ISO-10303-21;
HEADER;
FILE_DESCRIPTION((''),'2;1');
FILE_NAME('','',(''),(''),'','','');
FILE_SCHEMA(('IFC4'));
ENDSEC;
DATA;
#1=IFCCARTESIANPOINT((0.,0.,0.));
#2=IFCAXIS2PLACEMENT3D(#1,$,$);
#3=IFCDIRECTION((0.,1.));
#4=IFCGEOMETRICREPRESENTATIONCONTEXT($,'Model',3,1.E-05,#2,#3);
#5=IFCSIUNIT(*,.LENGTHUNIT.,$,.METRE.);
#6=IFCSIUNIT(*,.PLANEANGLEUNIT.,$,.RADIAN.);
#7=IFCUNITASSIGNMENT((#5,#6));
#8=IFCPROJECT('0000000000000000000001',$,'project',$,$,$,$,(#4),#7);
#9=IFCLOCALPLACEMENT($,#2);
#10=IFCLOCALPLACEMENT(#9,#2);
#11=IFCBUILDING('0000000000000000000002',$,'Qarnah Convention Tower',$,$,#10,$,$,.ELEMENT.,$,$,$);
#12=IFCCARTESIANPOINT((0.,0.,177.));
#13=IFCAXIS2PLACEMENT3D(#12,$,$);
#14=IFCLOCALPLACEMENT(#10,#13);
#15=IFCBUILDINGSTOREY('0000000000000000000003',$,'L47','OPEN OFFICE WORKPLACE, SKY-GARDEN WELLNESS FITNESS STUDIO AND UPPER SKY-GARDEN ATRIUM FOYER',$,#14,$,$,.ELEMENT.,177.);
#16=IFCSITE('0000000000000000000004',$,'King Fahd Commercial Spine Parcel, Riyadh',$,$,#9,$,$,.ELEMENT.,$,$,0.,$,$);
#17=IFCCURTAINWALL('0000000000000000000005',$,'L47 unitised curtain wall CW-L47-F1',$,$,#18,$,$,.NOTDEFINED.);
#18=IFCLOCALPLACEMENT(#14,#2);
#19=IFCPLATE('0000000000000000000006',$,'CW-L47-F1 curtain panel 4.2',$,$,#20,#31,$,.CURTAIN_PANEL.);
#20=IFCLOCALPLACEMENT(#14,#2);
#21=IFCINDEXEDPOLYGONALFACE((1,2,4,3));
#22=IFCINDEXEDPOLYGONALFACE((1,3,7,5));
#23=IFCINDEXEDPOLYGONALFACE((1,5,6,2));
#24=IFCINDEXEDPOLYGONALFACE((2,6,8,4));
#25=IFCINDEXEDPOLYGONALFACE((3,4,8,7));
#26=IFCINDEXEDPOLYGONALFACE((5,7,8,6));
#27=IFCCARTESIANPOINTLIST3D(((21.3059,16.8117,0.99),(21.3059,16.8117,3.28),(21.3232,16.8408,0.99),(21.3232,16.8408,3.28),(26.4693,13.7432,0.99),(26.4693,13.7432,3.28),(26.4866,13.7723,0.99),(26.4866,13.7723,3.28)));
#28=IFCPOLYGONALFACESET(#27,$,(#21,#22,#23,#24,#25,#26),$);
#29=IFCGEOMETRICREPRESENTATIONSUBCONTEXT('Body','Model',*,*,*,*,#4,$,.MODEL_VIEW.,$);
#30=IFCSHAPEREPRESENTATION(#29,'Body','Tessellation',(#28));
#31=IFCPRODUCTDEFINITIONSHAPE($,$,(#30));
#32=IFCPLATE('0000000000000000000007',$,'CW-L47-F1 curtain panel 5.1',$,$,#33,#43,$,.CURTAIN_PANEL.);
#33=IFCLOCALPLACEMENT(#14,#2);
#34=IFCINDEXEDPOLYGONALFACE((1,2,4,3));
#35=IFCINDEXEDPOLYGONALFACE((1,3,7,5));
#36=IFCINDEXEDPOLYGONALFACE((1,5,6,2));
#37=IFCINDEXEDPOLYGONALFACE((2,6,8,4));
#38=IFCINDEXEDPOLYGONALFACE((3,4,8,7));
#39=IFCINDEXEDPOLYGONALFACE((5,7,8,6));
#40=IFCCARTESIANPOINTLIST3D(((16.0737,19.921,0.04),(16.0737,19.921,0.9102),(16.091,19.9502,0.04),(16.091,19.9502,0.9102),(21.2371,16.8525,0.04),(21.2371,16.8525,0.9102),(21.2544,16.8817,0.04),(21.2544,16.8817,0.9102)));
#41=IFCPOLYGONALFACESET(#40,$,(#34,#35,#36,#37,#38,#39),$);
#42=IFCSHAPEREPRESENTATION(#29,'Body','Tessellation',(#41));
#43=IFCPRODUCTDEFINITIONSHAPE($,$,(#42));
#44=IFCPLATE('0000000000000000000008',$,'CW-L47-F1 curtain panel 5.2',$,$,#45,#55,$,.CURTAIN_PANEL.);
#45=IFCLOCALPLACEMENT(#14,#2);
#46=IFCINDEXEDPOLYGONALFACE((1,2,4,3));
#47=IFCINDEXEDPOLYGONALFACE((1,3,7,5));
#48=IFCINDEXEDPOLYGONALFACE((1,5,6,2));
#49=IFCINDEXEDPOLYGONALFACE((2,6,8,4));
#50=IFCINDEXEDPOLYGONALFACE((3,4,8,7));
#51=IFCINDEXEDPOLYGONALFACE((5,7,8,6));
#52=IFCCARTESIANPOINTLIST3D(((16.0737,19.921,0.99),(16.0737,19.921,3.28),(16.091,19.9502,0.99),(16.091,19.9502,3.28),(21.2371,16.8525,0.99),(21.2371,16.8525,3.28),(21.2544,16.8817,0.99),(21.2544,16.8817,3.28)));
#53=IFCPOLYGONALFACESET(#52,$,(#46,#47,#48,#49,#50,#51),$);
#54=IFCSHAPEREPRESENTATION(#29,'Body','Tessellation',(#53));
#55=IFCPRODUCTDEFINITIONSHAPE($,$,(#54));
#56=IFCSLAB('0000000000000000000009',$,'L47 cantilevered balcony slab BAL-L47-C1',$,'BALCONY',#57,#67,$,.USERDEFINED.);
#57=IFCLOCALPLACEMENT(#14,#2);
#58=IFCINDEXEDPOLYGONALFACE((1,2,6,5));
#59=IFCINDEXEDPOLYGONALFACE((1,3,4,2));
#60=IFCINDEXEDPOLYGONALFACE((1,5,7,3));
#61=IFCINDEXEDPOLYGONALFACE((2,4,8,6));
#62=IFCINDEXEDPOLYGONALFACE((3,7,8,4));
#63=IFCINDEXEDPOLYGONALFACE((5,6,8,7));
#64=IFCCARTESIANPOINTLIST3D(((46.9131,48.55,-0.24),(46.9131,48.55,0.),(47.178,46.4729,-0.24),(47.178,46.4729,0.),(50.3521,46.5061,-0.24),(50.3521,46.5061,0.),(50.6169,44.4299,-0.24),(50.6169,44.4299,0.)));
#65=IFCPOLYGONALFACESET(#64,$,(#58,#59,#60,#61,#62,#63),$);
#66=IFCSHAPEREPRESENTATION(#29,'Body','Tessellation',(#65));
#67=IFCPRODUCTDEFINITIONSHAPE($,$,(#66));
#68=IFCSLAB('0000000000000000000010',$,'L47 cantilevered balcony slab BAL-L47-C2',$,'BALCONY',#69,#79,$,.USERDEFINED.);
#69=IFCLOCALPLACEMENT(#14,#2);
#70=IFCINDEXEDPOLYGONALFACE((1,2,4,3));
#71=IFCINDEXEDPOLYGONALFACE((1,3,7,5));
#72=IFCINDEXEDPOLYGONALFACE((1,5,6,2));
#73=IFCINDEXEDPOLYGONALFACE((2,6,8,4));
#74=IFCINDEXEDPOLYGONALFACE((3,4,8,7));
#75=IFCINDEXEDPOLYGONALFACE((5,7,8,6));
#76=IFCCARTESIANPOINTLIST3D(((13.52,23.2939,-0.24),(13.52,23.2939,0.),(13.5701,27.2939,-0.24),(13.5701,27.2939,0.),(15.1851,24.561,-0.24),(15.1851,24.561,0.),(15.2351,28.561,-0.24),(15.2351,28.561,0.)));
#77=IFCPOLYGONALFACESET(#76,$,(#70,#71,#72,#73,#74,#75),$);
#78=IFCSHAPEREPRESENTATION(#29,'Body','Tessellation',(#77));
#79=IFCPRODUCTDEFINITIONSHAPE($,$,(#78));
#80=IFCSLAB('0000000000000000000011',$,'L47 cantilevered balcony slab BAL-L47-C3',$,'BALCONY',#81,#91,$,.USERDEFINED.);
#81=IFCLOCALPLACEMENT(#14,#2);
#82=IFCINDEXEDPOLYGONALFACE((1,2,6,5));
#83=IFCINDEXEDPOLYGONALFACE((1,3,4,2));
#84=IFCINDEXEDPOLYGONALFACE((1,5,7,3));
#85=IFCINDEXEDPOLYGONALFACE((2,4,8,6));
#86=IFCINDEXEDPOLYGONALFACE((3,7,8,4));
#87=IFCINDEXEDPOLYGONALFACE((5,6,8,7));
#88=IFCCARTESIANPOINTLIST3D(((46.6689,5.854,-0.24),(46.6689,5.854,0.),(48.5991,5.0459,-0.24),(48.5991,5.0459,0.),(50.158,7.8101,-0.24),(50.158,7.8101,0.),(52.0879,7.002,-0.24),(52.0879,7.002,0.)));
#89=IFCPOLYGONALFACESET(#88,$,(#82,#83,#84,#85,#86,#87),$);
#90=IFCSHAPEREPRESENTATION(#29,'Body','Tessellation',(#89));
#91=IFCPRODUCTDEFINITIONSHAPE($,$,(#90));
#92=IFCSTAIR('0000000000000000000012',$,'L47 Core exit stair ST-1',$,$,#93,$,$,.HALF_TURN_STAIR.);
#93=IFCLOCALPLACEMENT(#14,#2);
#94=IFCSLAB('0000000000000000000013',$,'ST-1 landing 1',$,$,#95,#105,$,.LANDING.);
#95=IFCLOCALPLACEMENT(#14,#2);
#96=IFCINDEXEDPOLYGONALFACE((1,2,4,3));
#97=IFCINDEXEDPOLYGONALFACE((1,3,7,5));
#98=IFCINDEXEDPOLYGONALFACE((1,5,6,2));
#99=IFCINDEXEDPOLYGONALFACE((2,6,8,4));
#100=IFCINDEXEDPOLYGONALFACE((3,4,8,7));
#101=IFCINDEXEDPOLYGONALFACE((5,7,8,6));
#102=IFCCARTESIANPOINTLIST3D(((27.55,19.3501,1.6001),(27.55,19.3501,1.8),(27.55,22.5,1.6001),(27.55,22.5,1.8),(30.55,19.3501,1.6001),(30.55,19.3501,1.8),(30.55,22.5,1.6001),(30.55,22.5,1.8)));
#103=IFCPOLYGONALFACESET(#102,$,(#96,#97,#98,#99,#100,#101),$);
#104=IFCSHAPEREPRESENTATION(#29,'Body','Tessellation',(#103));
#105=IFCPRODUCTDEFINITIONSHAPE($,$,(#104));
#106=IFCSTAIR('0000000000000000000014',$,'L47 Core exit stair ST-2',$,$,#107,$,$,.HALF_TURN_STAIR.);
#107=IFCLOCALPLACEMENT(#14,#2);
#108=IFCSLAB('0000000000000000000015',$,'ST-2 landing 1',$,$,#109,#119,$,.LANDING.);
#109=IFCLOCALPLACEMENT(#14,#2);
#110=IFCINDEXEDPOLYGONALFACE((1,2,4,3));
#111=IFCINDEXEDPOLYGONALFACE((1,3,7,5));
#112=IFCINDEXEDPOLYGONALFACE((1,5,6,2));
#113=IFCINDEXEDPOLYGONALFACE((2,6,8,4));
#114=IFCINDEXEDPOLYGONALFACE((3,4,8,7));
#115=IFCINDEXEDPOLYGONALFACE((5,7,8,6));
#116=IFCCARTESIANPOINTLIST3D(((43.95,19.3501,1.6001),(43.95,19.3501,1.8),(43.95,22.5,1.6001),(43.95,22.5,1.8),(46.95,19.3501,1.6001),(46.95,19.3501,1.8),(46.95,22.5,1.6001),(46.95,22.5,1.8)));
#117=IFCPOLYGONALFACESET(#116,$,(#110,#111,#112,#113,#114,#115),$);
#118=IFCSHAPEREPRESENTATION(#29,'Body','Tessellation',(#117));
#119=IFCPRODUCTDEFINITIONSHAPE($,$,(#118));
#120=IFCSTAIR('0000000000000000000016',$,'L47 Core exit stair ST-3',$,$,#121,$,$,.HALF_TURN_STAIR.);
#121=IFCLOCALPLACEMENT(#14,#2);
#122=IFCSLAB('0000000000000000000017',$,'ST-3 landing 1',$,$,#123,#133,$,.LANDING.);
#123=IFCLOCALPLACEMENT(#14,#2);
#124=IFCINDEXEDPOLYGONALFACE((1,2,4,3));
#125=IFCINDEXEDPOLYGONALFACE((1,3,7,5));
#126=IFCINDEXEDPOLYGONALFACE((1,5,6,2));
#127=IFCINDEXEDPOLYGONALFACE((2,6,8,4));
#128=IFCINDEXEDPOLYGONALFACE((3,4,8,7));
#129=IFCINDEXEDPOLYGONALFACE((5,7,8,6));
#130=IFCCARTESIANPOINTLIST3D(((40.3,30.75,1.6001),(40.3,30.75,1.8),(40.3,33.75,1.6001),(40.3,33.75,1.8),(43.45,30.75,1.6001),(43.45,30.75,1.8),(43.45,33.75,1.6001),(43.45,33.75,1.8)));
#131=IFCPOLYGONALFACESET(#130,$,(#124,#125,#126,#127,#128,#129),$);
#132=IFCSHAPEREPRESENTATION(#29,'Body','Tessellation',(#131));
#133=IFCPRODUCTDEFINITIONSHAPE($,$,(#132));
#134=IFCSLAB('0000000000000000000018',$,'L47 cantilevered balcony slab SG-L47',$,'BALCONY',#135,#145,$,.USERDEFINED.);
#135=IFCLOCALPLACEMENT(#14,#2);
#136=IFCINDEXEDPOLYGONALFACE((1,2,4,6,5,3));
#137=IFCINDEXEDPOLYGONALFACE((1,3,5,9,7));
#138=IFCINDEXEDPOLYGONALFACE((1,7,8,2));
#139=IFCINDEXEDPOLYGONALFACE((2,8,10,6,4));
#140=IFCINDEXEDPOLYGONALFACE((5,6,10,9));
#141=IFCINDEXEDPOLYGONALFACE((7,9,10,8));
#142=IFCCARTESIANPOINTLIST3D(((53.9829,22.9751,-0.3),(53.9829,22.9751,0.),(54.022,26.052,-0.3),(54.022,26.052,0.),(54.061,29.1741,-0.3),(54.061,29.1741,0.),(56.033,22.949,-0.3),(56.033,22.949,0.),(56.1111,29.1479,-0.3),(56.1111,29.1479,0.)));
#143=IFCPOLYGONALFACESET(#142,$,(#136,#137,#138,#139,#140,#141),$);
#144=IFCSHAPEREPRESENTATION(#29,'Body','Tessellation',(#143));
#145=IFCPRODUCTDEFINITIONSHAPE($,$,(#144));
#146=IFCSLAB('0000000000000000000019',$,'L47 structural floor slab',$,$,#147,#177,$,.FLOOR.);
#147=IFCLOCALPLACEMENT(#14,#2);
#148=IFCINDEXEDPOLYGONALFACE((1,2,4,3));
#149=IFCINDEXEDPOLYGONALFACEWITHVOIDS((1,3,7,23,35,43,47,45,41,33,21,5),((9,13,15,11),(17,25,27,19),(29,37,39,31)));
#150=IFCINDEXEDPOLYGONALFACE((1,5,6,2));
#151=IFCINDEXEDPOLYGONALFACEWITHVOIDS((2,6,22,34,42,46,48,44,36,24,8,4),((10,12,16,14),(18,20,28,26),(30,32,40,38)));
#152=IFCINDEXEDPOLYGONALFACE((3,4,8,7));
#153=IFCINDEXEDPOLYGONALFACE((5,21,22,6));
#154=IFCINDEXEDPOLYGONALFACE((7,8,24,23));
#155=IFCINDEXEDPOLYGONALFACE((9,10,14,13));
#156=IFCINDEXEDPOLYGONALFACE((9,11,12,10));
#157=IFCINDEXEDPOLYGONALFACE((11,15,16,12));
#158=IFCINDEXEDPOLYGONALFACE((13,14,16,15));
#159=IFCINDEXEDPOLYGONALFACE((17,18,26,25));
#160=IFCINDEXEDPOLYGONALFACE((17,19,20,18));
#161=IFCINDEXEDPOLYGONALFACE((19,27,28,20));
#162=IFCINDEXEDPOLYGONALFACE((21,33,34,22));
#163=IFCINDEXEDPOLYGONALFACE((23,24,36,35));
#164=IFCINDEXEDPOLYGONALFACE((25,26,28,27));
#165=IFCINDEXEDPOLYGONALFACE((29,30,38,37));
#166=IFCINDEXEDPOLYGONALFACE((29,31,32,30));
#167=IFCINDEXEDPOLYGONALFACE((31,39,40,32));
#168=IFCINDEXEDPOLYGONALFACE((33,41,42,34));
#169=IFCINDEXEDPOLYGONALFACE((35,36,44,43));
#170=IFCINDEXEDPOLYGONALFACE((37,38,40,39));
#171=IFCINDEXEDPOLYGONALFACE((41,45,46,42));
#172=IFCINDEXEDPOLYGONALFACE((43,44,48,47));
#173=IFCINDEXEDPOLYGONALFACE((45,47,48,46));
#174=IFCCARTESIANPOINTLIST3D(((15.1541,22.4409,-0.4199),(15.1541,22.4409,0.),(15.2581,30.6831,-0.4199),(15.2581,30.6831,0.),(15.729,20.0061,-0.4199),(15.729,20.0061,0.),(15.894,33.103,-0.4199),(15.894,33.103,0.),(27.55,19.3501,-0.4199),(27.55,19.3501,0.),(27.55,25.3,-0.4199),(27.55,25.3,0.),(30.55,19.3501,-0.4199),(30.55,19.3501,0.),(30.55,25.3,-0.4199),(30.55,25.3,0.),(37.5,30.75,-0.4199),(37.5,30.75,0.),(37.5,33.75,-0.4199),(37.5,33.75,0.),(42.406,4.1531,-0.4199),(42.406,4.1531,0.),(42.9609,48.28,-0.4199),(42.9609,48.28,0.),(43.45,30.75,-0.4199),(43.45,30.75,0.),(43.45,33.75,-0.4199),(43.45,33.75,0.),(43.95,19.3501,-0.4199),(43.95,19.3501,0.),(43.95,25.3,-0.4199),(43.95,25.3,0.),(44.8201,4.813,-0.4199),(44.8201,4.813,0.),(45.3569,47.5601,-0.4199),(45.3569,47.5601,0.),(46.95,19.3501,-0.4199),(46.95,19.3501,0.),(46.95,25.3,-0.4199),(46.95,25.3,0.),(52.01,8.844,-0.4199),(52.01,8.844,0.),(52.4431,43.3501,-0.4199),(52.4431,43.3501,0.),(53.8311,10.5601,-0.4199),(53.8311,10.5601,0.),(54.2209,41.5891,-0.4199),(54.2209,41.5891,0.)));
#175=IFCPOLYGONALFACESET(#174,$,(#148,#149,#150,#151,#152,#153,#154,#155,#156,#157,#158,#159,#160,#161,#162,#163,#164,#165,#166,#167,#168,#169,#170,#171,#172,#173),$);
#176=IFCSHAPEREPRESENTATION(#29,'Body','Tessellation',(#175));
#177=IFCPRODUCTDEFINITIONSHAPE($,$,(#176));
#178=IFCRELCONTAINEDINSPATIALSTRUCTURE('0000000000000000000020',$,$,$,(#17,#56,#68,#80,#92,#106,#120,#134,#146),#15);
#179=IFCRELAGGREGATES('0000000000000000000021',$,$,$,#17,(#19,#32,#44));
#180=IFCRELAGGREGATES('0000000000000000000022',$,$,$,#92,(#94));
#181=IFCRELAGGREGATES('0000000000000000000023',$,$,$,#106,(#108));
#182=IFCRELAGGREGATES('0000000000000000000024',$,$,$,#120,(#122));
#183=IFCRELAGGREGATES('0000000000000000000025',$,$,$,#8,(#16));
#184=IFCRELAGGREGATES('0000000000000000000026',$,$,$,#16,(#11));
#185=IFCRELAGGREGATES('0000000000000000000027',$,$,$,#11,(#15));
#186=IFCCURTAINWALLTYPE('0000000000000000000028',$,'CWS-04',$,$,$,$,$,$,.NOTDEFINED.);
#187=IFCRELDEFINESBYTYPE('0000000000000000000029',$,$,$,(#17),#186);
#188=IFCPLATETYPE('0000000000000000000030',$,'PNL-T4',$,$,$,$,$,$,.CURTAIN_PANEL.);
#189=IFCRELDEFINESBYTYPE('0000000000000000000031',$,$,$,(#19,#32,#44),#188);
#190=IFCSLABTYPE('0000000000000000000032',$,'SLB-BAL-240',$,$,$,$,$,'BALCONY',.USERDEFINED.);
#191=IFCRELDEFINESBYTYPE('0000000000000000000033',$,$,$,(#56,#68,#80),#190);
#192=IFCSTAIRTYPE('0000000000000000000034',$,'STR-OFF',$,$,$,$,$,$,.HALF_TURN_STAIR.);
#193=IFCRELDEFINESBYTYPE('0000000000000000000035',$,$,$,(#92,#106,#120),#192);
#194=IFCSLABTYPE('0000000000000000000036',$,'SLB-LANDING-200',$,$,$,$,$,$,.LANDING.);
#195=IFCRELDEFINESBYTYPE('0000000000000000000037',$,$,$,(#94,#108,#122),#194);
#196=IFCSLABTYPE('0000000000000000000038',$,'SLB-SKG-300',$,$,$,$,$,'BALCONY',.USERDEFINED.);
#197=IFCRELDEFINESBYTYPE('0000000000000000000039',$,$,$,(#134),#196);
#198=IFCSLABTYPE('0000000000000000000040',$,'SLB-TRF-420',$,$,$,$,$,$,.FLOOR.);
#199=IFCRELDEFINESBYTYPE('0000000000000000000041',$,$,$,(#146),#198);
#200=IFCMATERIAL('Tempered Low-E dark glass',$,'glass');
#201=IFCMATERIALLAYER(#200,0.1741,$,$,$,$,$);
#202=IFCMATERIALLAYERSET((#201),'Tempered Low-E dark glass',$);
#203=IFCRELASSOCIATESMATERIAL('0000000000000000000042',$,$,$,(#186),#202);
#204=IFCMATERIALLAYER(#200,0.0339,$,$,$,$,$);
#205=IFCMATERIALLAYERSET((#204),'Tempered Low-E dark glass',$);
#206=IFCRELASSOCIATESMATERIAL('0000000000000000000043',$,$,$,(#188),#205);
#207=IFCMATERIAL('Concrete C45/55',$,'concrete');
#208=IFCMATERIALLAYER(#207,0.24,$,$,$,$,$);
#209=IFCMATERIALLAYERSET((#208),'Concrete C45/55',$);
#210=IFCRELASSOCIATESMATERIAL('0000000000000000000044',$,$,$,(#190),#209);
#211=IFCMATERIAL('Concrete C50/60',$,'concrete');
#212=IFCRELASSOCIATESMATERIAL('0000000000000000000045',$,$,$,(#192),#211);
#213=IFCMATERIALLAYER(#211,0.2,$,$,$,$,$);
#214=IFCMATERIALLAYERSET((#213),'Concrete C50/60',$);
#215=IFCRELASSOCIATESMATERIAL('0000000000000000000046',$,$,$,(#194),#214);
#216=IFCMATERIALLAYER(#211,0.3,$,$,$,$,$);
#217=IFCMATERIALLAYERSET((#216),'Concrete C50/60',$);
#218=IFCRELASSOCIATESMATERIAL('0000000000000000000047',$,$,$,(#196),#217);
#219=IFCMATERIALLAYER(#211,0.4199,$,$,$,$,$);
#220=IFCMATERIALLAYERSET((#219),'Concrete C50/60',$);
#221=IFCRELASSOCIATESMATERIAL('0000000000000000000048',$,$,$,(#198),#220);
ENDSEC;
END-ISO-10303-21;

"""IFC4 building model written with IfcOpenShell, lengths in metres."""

from ifc_helpers import new_model, si_unit, direction, frame, origin, origin_2d, place, context, subcontext, project, spatial, polyline, rectangle, outline, extrude, material, layer, layer_set, type_object, element, aggregate, save


model = new_model("IFC4")

# Units and contexts
model_context = context("Model", 3, precision=1e-05, world=origin(), true_north=direction((0.0, 1.0)))
body_context = subcontext(model_context, "Body", "Model", "MODEL_VIEW")
ifc_project = project(units=[si_unit("LENGTHUNIT", "METRE"), si_unit("PLANEANGLEUNIT", "RADIAN")], contexts=[model_context])

# Site, building, storey
site_placement = place(None, origin())
site = spatial("IfcSite", under=ifc_project, at=site_placement, Name="King Fahd Commercial Spine Parcel, Riyadh", CompositionType="ELEMENT", RefElevation=0.0)
building_placement = place(site_placement, origin())
building = spatial("IfcBuilding", under=site, at=building_placement, Name="Qarnah Convention Tower", CompositionType="ELEMENT")
storey_placement = place(building_placement, frame((0.0, 0.0, 177.0)))
storey = spatial("IfcBuildingStorey", under=building, at=storey_placement, Name="L47", Description="OPEN OFFICE WORKPLACE, SKY-GARDEN WELLNESS FITNESS STUDIO AND UPPER SKY-GARDEN ATRIUM FOYER", CompositionType="ELEMENT", Elevation=177.0)

# Shared definitions
ifc_material_1 = material(Name="Concrete C50/60", Category="concrete")

# Curtain wall, plates
ifc_material_2 = material(Name="Tempered Low-E dark glass", Category="glass")
ifc_layer_1 = layer(ifc_material_2, 0.1741)
ifc_layer_set_1 = layer_set([ifc_layer_1], Name="Tempered Low-E dark glass")
curtain_wall_type = type_object("IfcCurtainWallType", Name="CWS-04", PredefinedType="NOTDEFINED", material=ifc_layer_set_1)
curtain_wall_placement = place(storey_placement, origin())
curtain_wall = element("IfcCurtainWall", 1, at=curtain_wall_placement, inside=storey, type_object=curtain_wall_type, Name="L47 unitised curtain wall CW-L47-F1", PredefinedType="NOTDEFINED")
ifc_layer_2 = layer(ifc_material_2, 0.0339)
ifc_layer_set_2 = layer_set([ifc_layer_2], Name="Tempered Low-E dark glass")
plate_type = type_object("IfcPlateType", Name="PNL-T4", PredefinedType="CURTAIN_PANEL", material=ifc_layer_set_2)
plate_1_placement = place(storey_placement, frame((23.8962, 15.292, 0.99), z_axis=(0.0, 0.0, 1.0), x_axis=(-0.859654, 0.510877, 0.0)))
plate_1 = element("IfcPlate", 2, at=plate_1_placement, type_object=plate_type, Name="CW-L47-F1 curtain panel 4.2", PredefinedType="CURTAIN_PANEL", context=body_context, shape_type="SweptSolid", body=[
    extrude(rectangle(XDim=6.0063, YDim=0.0339, at=origin_2d()), origin(), (0.0, 0.0, 1.0), 2.29),
])
plate_2_placement = place(storey_placement, frame((18.6641, 18.4014, 0.04), z_axis=(0.0, 0.0, 1.0), x_axis=(-0.859654, 0.510877, 0.0)))
plate_2 = element("IfcPlate", 3, at=plate_2_placement, type_object=plate_type, Name="CW-L47-F1 curtain panel 5.1", PredefinedType="CURTAIN_PANEL", context=body_context, shape_type="SweptSolid", body=[
    extrude(rectangle(XDim=6.0063, YDim=0.0339, at=origin_2d()), origin(), (0.0, 0.0, 1.0), 0.8701),
])
plate_3_placement = place(storey_placement, frame((18.6641, 18.4014, 0.99), z_axis=(0.0, 0.0, 1.0), x_axis=(-0.859654, 0.510877, 0.0)))
plate_3 = element("IfcPlate", 4, at=plate_3_placement, type_object=plate_type, Name="CW-L47-F1 curtain panel 5.2", PredefinedType="CURTAIN_PANEL", context=body_context, shape_type="SweptSolid", body=[
    extrude(rectangle(XDim=6.0063, YDim=0.0339, at=origin_2d()), origin(), (0.0, 0.0, 1.0), 2.29),
])
aggregate(curtain_wall, [plate_1, plate_2, plate_3])

# Slabs
ifc_material_3 = material(Name="Concrete C45/55", Category="concrete")
ifc_layer_3 = layer(ifc_material_3, 0.24)
ifc_layer_set_3 = layer_set([ifc_layer_3], Name="Concrete C45/55")
slab_type_1 = type_object("IfcSlabType", Name="SLB-BAL-240", ElementType="BALCONY", PredefinedType="USERDEFINED", material=ifc_layer_set_3)
slab_1_placement = place(storey_placement, frame((0.0, 0.0, -0.24)))
element("IfcSlab", 5, at=slab_1_placement, inside=storey, type_object=slab_type_1, Name="L47 cantilevered balcony slab BAL-L47-C1", ObjectType="BALCONY", PredefinedType="USERDEFINED", context=body_context, shape_type="SweptSolid", body=[
    extrude(outline(polyline([(46.9131, 48.55), (50.3521, 46.5061), (50.6169, 44.4299), (47.178, 46.4729), (46.9131, 48.55)])), origin(), (0.0, 0.0, 1.0), 0.24),
])
slab_2_placement = place(storey_placement, frame((0.0, 0.0, -0.24)))
element("IfcSlab", 6, at=slab_2_placement, inside=storey, type_object=slab_type_1, Name="L47 cantilevered balcony slab BAL-L47-C2", ObjectType="BALCONY", PredefinedType="USERDEFINED", context=body_context, shape_type="SweptSolid", body=[
    extrude(outline(polyline([(13.52, 23.2939), (13.5701, 27.2939), (15.2351, 28.561), (15.1851, 24.561), (13.52, 23.2939)])), origin(), (0.0, 0.0, 1.0), 0.24),
])
slab_3_placement = place(storey_placement, frame((0.0, 0.0, -0.24)))
element("IfcSlab", 7, at=slab_3_placement, inside=storey, type_object=slab_type_1, Name="L47 cantilevered balcony slab BAL-L47-C3", ObjectType="BALCONY", PredefinedType="USERDEFINED", context=body_context, shape_type="SweptSolid", body=[
    extrude(outline(polyline([(52.0879, 7.002), (48.5991, 5.0459), (46.6689, 5.854), (50.158, 7.8101), (52.0879, 7.002)])), origin(), (0.0, 0.0, 1.0), 0.24),
])

# Stairs, slabs
stair_type = type_object("IfcStairType", Name="STR-OFF", PredefinedType="HALF_TURN_STAIR", material=ifc_material_1)
stair_1_placement = place(storey_placement, origin())
stair_1 = element("IfcStair", 8, at=stair_1_placement, inside=storey, type_object=stair_type, Name="L47 Core exit stair ST-1", PredefinedType="HALF_TURN_STAIR")
ifc_layer_4 = layer(ifc_material_1, 0.2)
ifc_layer_set_4 = layer_set([ifc_layer_4], Name="Concrete C50/60")
slab_type_2 = type_object("IfcSlabType", Name="SLB-LANDING-200", PredefinedType="LANDING", material=ifc_layer_set_4)
slab_4_placement = place(storey_placement, frame((0.0, 0.0, 1.6001)))
slab_4 = element("IfcSlab", 9, at=slab_4_placement, type_object=slab_type_2, Name="ST-1 landing 1", PredefinedType="LANDING", context=body_context, shape_type="SweptSolid", body=[
    extrude(outline(polyline([(27.55, 22.5), (27.55, 19.3501), (30.55, 19.3501), (30.55, 22.5), (27.55, 22.5)])), origin(), (0.0, 0.0, 1.0), 0.2),
])
aggregate(stair_1, [slab_4])
stair_2_placement = place(storey_placement, origin())
stair_2 = element("IfcStair", 10, at=stair_2_placement, inside=storey, type_object=stair_type, Name="L47 Core exit stair ST-2", PredefinedType="HALF_TURN_STAIR")
slab_5_placement = place(storey_placement, frame((0.0, 0.0, 1.6001)))
slab_5 = element("IfcSlab", 11, at=slab_5_placement, type_object=slab_type_2, Name="ST-2 landing 1", PredefinedType="LANDING", context=body_context, shape_type="SweptSolid", body=[
    extrude(outline(polyline([(43.95, 22.5), (43.95, 19.3501), (46.95, 19.3501), (46.95, 22.5), (43.95, 22.5)])), origin(), (0.0, 0.0, 1.0), 0.2),
])
aggregate(stair_2, [slab_5])
stair_3_placement = place(storey_placement, origin())
stair_3 = element("IfcStair", 12, at=stair_3_placement, inside=storey, type_object=stair_type, Name="L47 Core exit stair ST-3", PredefinedType="HALF_TURN_STAIR")
slab_6_placement = place(storey_placement, frame((0.0, 0.0, 1.6001)))
slab_6 = element("IfcSlab", 13, at=slab_6_placement, type_object=slab_type_2, Name="ST-3 landing 1", PredefinedType="LANDING", context=body_context, shape_type="SweptSolid", body=[
    extrude(outline(polyline([(40.3, 30.75), (43.45, 30.75), (43.45, 33.75), (40.3, 33.75), (40.3, 30.75)])), origin(), (0.0, 0.0, 1.0), 0.2),
])
aggregate(stair_3, [slab_6])

# Slabs
ifc_layer_5 = layer(ifc_material_1, 0.3)
ifc_layer_set_5 = layer_set([ifc_layer_5], Name="Concrete C50/60")
slab_type_3 = type_object("IfcSlabType", Name="SLB-SKG-300", ElementType="BALCONY", PredefinedType="USERDEFINED", material=ifc_layer_set_5)
slab_7_placement = place(storey_placement, frame((0.0, 0.0, -0.3)))
element("IfcSlab", 14, at=slab_7_placement, inside=storey, type_object=slab_type_3, Name="L47 cantilevered balcony slab SG-L47", ObjectType="BALCONY", PredefinedType="USERDEFINED", context=body_context, shape_type="SweptSolid", body=[
    extrude(outline(polyline([(54.061, 29.1741), (56.1111, 29.1479), (56.033, 22.949), (53.9829, 22.9751), (54.022, 26.052), (54.061, 29.1741)])), origin(), (0.0, 0.0, 1.0), 0.3),
])
ifc_layer_6 = layer(ifc_material_1, 0.4199)
ifc_layer_set_6 = layer_set([ifc_layer_6], Name="Concrete C50/60")
slab_type_4 = type_object("IfcSlabType", Name="SLB-TRF-420", PredefinedType="FLOOR", material=ifc_layer_set_6)
slab_8_placement = place(storey_placement, frame((0.0, 0.0, -0.4199)))
element("IfcSlab", 15, at=slab_8_placement, inside=storey, type_object=slab_type_4, Name="L47 structural floor slab", PredefinedType="FLOOR", context=body_context, shape_type="SweptSolid", body=[
    extrude(outline(polyline([(42.9609, 48.28), (15.894, 33.103), (15.2581, 30.6831), (15.1541, 22.4409), (15.729, 20.0061), (42.406, 4.1531), (44.8201, 4.813), (52.01, 8.844), (53.8311, 10.5601), (54.2209, 41.5891), (52.4431, 43.3501), (45.3569, 47.5601), (42.9609, 48.28)]), holes=[polyline([(27.55, 25.3), (27.55, 19.3501), (30.55, 19.3501), (30.55, 25.3), (27.55, 25.3)]), polyline([(43.95, 25.3), (43.95, 19.3501), (46.95, 19.3501), (46.95, 25.3), (43.95, 25.3)]), polyline([(37.5, 30.75), (43.45, 30.75), (43.45, 33.75), (37.5, 33.75), (37.5, 30.75)])]), origin(), (0.0, 0.0, 1.0), 0.4199),
])

save(model, "model.ifc")
